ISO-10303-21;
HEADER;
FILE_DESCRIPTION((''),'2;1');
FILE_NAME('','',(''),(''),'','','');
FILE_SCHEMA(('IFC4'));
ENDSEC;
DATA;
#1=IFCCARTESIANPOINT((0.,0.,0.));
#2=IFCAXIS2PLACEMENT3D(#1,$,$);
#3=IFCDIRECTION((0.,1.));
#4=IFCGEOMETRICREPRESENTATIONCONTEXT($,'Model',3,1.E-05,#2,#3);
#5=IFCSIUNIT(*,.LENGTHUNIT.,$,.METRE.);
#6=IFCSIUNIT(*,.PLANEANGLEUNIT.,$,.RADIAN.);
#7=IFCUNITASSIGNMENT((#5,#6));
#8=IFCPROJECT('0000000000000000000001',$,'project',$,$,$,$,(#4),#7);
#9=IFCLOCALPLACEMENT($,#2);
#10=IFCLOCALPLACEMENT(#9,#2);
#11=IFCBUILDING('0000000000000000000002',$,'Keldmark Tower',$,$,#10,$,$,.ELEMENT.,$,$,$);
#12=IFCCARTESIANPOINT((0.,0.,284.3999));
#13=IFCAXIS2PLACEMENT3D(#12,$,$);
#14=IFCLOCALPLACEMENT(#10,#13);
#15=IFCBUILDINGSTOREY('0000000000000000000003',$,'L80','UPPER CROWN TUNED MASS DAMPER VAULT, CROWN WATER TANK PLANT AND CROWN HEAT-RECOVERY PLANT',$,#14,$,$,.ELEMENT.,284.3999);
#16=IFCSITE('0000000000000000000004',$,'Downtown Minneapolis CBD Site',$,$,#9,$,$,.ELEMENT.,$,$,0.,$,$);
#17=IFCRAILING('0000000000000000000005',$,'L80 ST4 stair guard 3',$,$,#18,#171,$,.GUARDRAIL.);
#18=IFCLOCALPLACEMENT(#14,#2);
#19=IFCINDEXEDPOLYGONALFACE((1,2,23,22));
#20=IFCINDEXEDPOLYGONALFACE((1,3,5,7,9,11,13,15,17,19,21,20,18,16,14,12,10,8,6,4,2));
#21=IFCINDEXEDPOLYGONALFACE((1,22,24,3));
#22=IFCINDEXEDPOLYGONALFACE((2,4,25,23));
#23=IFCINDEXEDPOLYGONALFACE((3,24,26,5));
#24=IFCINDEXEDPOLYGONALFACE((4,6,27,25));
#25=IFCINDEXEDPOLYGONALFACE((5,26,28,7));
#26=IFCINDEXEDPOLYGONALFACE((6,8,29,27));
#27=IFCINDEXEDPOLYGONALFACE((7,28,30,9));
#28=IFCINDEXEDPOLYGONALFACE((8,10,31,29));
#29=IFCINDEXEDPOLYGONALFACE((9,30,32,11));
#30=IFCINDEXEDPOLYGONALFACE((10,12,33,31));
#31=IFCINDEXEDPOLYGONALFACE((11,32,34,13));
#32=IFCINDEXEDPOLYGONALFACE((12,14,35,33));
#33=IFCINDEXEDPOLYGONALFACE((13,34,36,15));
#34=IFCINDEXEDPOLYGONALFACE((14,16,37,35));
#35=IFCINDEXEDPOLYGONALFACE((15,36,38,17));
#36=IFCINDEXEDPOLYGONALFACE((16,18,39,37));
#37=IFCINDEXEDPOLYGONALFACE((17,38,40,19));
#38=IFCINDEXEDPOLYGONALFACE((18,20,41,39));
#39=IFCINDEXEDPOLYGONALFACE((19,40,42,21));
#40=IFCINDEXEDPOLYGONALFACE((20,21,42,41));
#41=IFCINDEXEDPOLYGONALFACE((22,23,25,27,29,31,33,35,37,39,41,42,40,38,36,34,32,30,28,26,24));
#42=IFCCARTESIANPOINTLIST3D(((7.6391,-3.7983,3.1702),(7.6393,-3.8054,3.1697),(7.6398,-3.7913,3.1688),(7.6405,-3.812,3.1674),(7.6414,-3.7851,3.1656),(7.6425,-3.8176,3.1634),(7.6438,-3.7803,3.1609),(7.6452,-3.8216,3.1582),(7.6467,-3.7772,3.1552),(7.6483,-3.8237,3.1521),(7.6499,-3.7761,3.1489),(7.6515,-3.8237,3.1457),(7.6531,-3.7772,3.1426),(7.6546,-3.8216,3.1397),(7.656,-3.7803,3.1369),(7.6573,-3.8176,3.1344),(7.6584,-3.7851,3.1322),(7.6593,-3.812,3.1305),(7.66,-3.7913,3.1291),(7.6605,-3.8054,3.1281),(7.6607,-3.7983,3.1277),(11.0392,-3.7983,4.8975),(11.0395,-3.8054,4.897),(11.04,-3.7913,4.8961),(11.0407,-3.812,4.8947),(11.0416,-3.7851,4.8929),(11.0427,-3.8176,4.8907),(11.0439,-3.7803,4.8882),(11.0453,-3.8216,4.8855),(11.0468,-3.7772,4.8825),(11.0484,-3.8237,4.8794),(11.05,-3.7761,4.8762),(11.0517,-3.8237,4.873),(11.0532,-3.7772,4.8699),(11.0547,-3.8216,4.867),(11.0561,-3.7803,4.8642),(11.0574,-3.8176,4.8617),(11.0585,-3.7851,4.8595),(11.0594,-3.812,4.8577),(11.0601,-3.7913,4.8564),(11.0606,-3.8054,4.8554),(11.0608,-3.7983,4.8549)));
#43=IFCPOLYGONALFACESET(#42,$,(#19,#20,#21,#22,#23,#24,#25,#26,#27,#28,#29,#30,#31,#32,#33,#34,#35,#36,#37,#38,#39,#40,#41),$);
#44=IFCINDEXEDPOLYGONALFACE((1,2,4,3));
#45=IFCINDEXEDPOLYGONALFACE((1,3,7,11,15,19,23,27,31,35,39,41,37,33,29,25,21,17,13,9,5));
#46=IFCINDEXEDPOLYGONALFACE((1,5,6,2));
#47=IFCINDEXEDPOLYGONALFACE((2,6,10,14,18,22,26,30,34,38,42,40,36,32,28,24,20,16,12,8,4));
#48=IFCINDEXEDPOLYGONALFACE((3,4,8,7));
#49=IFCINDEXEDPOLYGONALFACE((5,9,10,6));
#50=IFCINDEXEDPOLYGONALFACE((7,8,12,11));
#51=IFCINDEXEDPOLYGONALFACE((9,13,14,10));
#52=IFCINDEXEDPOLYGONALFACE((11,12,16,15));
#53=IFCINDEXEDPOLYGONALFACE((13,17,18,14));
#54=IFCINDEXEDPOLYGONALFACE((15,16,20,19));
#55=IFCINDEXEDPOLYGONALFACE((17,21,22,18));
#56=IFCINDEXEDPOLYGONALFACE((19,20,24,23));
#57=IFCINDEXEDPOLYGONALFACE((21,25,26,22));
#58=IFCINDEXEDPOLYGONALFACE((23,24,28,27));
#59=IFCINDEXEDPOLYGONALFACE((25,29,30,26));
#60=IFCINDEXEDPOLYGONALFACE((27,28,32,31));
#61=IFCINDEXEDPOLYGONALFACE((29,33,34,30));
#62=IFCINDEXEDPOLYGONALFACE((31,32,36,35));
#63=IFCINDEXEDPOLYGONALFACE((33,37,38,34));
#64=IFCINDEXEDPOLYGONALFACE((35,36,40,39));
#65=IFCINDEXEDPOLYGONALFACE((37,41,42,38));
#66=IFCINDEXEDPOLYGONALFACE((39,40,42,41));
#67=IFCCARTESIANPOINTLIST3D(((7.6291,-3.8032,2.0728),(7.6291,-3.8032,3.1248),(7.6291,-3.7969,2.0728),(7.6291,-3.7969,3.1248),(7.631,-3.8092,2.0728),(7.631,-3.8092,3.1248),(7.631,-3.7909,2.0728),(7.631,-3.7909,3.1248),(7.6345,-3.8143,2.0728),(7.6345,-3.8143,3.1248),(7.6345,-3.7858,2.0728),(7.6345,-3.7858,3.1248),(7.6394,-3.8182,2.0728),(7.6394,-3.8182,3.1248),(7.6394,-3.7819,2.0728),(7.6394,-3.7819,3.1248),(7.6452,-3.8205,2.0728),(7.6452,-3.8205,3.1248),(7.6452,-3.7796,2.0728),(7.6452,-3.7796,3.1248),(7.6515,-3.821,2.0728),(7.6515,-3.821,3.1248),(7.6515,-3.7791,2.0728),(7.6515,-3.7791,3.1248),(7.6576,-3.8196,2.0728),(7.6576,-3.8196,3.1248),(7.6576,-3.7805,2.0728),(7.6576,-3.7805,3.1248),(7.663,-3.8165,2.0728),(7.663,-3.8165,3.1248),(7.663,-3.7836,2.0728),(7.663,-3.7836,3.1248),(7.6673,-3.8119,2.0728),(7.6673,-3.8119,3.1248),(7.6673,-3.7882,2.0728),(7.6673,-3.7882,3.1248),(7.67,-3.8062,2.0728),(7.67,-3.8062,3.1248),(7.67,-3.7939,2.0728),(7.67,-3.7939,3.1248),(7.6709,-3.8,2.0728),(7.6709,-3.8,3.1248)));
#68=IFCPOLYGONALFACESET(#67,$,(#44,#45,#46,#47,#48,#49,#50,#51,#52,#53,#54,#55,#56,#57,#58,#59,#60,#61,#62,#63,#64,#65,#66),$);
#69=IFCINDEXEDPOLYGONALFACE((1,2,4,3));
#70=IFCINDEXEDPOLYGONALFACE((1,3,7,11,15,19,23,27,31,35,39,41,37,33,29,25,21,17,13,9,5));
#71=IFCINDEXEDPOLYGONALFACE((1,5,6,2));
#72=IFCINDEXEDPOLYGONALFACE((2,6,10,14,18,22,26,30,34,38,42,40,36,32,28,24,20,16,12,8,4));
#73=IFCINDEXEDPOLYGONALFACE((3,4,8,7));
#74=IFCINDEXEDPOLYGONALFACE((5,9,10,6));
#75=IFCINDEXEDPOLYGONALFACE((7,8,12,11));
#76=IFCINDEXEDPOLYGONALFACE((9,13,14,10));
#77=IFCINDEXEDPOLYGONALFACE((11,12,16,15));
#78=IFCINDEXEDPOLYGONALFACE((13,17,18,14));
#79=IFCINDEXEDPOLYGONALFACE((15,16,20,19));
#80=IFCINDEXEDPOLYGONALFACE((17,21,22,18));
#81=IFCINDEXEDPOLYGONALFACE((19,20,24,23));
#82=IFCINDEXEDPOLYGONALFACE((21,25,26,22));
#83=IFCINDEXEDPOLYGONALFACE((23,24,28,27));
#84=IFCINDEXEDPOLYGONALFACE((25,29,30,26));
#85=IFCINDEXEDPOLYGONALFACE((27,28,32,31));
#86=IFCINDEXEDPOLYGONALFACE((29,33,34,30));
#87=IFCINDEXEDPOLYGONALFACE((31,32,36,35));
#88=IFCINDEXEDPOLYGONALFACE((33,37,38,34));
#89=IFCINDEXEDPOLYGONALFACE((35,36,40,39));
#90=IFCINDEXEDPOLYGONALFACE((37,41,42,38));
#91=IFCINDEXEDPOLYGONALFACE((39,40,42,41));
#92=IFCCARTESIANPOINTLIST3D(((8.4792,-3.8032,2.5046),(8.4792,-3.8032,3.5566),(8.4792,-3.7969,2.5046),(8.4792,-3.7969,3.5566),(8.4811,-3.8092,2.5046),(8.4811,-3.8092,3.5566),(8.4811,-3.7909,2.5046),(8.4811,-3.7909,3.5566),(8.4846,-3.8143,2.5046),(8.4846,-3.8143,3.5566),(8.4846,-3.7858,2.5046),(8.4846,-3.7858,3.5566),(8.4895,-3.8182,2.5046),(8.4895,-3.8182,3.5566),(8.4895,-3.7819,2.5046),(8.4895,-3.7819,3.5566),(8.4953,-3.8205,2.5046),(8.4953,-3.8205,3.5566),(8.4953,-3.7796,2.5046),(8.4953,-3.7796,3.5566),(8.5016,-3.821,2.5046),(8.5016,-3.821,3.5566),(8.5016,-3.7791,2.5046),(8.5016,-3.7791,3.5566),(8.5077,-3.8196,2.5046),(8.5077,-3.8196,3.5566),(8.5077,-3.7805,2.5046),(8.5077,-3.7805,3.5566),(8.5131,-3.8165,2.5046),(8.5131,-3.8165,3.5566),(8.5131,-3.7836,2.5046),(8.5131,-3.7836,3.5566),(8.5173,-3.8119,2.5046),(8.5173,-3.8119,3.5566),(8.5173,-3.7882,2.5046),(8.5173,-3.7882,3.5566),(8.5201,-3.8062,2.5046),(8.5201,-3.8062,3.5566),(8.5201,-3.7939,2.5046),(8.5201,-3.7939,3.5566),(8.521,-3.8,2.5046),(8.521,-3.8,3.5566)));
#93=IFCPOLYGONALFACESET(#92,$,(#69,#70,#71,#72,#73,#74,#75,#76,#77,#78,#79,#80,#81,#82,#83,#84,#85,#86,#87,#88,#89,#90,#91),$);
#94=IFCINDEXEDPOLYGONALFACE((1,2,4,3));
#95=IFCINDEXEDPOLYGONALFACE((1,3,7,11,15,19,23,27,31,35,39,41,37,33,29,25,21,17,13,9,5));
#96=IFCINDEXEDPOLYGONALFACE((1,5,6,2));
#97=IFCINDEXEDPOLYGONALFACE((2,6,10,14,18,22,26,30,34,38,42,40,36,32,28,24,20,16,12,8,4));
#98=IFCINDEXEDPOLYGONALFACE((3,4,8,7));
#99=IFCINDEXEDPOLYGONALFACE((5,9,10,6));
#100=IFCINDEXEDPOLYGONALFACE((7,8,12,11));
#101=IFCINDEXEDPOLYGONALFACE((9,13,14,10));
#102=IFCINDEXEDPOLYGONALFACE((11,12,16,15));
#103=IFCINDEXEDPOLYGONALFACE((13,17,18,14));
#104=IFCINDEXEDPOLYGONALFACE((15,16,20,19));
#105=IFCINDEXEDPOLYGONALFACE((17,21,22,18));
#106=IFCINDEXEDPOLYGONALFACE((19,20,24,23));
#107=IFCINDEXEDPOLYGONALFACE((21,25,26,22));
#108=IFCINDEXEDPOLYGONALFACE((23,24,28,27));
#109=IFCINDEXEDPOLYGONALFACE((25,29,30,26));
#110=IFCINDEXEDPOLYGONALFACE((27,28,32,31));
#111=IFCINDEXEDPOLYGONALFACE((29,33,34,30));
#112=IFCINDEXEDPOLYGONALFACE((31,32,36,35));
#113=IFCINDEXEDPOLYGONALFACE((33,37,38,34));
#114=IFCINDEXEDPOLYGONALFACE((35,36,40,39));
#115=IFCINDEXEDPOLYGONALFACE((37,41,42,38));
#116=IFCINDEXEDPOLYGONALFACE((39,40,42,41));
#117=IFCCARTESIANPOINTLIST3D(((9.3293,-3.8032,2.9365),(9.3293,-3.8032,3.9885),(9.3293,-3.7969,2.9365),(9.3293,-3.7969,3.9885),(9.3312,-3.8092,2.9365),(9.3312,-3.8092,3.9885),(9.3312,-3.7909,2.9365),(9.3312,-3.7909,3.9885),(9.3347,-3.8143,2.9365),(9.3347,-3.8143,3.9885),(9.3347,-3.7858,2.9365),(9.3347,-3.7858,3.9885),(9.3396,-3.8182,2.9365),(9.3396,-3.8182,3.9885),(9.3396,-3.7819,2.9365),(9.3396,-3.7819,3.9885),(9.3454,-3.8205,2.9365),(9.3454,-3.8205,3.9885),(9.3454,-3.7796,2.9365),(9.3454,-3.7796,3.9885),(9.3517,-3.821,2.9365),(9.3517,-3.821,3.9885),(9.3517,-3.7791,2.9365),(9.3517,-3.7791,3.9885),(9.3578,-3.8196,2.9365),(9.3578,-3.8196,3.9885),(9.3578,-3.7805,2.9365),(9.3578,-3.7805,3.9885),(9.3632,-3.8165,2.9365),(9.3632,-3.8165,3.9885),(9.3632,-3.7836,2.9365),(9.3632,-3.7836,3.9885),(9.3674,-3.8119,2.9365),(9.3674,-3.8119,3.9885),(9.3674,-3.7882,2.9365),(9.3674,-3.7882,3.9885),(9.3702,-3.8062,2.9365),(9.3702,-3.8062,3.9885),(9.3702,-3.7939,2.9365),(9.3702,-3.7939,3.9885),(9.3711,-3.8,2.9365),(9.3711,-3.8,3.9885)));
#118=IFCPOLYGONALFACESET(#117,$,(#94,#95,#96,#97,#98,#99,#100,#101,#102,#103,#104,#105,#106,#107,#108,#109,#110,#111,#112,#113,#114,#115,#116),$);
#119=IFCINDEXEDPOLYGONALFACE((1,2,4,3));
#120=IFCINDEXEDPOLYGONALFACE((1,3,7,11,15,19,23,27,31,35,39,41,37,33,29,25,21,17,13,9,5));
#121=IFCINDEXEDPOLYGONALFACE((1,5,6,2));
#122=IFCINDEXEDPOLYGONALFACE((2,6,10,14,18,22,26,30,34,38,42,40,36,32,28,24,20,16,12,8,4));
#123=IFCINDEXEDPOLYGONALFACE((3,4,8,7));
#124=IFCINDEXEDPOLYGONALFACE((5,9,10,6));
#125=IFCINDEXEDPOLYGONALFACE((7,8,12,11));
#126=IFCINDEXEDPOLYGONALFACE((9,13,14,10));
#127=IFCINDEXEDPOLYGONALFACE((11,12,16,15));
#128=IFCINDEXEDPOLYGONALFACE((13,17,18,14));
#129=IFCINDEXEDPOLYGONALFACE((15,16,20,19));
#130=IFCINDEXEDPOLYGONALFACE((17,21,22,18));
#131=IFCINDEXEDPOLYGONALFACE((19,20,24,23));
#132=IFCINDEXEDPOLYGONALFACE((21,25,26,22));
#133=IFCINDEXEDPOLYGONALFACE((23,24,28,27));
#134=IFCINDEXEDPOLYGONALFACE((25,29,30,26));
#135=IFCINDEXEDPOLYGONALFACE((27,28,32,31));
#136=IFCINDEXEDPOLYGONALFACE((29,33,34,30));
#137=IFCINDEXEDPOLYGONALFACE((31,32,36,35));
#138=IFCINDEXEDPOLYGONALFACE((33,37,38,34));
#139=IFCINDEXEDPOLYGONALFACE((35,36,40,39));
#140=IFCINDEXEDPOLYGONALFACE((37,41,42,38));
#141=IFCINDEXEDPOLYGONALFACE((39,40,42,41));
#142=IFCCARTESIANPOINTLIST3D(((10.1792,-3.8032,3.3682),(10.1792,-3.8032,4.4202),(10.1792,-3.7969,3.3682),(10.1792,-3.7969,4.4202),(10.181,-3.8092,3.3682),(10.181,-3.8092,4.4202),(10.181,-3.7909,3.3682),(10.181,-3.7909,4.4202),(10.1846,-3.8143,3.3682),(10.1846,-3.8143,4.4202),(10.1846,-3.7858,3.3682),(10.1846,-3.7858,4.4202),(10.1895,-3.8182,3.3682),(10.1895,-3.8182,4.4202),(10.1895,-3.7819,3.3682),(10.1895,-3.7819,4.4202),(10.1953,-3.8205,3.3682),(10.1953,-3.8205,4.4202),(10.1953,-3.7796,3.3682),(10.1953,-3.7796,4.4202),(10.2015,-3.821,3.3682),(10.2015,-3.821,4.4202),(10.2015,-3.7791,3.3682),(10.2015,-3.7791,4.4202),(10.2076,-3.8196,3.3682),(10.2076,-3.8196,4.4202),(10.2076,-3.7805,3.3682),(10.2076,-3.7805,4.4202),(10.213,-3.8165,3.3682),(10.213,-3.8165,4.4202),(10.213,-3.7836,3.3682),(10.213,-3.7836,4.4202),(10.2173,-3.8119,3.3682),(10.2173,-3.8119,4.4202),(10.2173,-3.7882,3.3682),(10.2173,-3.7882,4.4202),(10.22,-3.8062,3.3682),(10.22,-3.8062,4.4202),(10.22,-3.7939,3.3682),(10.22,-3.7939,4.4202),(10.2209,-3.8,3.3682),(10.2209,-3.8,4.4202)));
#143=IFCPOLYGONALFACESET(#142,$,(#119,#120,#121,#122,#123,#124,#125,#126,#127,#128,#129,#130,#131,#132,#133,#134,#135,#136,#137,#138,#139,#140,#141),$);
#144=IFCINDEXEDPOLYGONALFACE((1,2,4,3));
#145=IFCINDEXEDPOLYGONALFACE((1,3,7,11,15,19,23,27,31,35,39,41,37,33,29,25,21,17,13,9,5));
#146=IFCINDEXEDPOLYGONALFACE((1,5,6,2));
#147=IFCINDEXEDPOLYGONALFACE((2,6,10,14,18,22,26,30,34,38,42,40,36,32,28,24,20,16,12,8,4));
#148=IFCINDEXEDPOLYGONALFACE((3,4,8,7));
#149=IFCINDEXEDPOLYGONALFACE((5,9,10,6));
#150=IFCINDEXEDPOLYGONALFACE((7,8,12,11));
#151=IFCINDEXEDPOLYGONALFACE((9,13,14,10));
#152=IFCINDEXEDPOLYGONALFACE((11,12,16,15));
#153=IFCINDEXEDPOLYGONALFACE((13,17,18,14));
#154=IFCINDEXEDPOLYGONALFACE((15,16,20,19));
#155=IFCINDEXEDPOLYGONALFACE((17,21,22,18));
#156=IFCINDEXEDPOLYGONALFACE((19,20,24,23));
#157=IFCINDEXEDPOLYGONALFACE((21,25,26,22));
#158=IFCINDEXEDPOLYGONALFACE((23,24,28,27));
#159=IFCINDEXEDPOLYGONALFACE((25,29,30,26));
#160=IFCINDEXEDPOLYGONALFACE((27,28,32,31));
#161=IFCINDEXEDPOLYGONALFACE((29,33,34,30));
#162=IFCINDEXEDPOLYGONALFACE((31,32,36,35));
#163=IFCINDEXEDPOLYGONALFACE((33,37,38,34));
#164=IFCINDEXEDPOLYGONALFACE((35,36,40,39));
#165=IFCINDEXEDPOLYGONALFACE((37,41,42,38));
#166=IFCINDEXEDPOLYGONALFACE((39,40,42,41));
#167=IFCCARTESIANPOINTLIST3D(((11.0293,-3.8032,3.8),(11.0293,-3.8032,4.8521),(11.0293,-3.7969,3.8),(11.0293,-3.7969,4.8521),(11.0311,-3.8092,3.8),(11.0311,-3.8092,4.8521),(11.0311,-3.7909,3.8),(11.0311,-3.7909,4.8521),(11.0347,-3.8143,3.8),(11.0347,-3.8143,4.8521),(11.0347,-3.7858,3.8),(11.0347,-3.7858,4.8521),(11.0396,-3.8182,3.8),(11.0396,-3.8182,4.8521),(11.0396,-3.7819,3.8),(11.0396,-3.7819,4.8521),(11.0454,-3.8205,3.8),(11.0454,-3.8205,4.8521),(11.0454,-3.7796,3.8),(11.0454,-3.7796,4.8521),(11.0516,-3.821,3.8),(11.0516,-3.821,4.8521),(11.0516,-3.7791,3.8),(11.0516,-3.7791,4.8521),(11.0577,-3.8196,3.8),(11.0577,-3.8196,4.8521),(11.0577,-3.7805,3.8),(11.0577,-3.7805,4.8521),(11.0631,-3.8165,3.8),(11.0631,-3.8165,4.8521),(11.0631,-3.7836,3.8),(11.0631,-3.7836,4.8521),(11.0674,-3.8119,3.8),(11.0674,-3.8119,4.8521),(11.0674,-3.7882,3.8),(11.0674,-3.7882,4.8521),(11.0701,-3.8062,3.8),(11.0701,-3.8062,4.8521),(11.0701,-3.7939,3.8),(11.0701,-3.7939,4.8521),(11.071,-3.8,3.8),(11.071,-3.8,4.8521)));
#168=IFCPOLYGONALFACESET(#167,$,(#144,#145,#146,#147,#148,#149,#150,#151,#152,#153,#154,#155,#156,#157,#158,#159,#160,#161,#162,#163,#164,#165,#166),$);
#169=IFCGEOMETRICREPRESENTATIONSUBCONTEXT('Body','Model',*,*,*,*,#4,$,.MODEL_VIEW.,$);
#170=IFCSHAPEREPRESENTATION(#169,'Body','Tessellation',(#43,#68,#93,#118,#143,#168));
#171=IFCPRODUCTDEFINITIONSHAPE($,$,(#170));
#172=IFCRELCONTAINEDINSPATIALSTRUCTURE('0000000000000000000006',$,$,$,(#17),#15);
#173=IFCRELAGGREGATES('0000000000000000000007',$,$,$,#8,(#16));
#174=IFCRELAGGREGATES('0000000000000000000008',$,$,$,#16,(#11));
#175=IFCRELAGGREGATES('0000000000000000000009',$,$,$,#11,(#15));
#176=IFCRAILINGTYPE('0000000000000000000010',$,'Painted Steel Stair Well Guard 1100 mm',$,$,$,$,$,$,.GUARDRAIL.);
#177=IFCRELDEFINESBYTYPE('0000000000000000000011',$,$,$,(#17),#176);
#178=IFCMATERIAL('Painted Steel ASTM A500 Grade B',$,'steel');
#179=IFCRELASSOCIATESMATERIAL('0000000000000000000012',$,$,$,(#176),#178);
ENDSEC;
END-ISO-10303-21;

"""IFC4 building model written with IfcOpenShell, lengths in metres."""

from ifc_helpers import new_model, si_unit, direction, frame, origin, origin_2d, place, context, subcontext, project, spatial, circle, extrude, material, type_object, element, save


model = new_model("IFC4")

# Units and contexts
model_context = context("Model", 3, precision=1e-05, world=origin(), true_north=direction((0.0, 1.0)))
body_context = subcontext(model_context, "Body", "Model", "MODEL_VIEW")
ifc_project = project(units=[si_unit("LENGTHUNIT", "METRE"), si_unit("PLANEANGLEUNIT", "RADIAN")], contexts=[model_context])

# Site, building, storey
site_placement = place(None, origin())
site = spatial("IfcSite", under=ifc_project, at=site_placement, Name="Downtown Minneapolis CBD Site", CompositionType="ELEMENT", RefElevation=0.0)
building_placement = place(site_placement, origin())
building = spatial("IfcBuilding", under=site, at=building_placement, Name="Keldmark Tower", CompositionType="ELEMENT")
storey_placement = place(building_placement, frame((0.0, 0.0, 284.3999)))
storey = spatial("IfcBuildingStorey", under=building, at=storey_placement, Name="L80", Description="UPPER CROWN TUNED MASS DAMPER VAULT, CROWN WATER TANK PLANT AND CROWN HEAT-RECOVERY PLANT", CompositionType="ELEMENT", Elevation=284.3999)

# Railing
ifc_material_1 = material(Name="Painted Steel ASTM A500 Grade B", Category="steel")
railing_type_1 = type_object("IfcRailingType", Name="Painted Steel Stair Well Guard 1100 mm", PredefinedType="GUARDRAIL", material=ifc_material_1)
railing_1_placement = place(storey_placement, frame((7.6499, -3.8, 2.0728)))
element("IfcRailing", 1, at=railing_1_placement, inside=storey, type_object=railing_type_1, Name="L80 ST4 stair guard 3", PredefinedType="GUARDRAIL", context=body_context, shape_type="SweptSolid", body=[
    extrude(circle(Radius=0.0239, at=origin_2d()), frame((0.0, 0.0, 1.0762), z_axis=(0.891554, 0.0, 0.452915), x_axis=(0.0, 1.0, 0.0)), (0.0, 0.0, 1.0), 3.8137),
    extrude(circle(Radius=0.021, at=origin_2d()), origin(), (0.0, 0.0, 1.0), 1.052),
    extrude(circle(Radius=0.021, at=origin_2d()), frame((0.8501, 0.0, 0.4319)), (0.0, 0.0, 1.0), 1.052),
    extrude(circle(Radius=0.021, at=origin_2d()), frame((1.7002, 0.0, 0.8638)), (0.0, 0.0, 1.0), 1.052),
    extrude(circle(Radius=0.021, at=origin_2d()), frame((2.55, 0.0, 1.2954)), (0.0, 0.0, 1.0), 1.052),
    extrude(circle(Radius=0.021, at=origin_2d()), frame((3.4001, 0.0, 1.7273)), (0.0, 0.0, 1.0), 1.052),
])

save(model, "model.ifc")
